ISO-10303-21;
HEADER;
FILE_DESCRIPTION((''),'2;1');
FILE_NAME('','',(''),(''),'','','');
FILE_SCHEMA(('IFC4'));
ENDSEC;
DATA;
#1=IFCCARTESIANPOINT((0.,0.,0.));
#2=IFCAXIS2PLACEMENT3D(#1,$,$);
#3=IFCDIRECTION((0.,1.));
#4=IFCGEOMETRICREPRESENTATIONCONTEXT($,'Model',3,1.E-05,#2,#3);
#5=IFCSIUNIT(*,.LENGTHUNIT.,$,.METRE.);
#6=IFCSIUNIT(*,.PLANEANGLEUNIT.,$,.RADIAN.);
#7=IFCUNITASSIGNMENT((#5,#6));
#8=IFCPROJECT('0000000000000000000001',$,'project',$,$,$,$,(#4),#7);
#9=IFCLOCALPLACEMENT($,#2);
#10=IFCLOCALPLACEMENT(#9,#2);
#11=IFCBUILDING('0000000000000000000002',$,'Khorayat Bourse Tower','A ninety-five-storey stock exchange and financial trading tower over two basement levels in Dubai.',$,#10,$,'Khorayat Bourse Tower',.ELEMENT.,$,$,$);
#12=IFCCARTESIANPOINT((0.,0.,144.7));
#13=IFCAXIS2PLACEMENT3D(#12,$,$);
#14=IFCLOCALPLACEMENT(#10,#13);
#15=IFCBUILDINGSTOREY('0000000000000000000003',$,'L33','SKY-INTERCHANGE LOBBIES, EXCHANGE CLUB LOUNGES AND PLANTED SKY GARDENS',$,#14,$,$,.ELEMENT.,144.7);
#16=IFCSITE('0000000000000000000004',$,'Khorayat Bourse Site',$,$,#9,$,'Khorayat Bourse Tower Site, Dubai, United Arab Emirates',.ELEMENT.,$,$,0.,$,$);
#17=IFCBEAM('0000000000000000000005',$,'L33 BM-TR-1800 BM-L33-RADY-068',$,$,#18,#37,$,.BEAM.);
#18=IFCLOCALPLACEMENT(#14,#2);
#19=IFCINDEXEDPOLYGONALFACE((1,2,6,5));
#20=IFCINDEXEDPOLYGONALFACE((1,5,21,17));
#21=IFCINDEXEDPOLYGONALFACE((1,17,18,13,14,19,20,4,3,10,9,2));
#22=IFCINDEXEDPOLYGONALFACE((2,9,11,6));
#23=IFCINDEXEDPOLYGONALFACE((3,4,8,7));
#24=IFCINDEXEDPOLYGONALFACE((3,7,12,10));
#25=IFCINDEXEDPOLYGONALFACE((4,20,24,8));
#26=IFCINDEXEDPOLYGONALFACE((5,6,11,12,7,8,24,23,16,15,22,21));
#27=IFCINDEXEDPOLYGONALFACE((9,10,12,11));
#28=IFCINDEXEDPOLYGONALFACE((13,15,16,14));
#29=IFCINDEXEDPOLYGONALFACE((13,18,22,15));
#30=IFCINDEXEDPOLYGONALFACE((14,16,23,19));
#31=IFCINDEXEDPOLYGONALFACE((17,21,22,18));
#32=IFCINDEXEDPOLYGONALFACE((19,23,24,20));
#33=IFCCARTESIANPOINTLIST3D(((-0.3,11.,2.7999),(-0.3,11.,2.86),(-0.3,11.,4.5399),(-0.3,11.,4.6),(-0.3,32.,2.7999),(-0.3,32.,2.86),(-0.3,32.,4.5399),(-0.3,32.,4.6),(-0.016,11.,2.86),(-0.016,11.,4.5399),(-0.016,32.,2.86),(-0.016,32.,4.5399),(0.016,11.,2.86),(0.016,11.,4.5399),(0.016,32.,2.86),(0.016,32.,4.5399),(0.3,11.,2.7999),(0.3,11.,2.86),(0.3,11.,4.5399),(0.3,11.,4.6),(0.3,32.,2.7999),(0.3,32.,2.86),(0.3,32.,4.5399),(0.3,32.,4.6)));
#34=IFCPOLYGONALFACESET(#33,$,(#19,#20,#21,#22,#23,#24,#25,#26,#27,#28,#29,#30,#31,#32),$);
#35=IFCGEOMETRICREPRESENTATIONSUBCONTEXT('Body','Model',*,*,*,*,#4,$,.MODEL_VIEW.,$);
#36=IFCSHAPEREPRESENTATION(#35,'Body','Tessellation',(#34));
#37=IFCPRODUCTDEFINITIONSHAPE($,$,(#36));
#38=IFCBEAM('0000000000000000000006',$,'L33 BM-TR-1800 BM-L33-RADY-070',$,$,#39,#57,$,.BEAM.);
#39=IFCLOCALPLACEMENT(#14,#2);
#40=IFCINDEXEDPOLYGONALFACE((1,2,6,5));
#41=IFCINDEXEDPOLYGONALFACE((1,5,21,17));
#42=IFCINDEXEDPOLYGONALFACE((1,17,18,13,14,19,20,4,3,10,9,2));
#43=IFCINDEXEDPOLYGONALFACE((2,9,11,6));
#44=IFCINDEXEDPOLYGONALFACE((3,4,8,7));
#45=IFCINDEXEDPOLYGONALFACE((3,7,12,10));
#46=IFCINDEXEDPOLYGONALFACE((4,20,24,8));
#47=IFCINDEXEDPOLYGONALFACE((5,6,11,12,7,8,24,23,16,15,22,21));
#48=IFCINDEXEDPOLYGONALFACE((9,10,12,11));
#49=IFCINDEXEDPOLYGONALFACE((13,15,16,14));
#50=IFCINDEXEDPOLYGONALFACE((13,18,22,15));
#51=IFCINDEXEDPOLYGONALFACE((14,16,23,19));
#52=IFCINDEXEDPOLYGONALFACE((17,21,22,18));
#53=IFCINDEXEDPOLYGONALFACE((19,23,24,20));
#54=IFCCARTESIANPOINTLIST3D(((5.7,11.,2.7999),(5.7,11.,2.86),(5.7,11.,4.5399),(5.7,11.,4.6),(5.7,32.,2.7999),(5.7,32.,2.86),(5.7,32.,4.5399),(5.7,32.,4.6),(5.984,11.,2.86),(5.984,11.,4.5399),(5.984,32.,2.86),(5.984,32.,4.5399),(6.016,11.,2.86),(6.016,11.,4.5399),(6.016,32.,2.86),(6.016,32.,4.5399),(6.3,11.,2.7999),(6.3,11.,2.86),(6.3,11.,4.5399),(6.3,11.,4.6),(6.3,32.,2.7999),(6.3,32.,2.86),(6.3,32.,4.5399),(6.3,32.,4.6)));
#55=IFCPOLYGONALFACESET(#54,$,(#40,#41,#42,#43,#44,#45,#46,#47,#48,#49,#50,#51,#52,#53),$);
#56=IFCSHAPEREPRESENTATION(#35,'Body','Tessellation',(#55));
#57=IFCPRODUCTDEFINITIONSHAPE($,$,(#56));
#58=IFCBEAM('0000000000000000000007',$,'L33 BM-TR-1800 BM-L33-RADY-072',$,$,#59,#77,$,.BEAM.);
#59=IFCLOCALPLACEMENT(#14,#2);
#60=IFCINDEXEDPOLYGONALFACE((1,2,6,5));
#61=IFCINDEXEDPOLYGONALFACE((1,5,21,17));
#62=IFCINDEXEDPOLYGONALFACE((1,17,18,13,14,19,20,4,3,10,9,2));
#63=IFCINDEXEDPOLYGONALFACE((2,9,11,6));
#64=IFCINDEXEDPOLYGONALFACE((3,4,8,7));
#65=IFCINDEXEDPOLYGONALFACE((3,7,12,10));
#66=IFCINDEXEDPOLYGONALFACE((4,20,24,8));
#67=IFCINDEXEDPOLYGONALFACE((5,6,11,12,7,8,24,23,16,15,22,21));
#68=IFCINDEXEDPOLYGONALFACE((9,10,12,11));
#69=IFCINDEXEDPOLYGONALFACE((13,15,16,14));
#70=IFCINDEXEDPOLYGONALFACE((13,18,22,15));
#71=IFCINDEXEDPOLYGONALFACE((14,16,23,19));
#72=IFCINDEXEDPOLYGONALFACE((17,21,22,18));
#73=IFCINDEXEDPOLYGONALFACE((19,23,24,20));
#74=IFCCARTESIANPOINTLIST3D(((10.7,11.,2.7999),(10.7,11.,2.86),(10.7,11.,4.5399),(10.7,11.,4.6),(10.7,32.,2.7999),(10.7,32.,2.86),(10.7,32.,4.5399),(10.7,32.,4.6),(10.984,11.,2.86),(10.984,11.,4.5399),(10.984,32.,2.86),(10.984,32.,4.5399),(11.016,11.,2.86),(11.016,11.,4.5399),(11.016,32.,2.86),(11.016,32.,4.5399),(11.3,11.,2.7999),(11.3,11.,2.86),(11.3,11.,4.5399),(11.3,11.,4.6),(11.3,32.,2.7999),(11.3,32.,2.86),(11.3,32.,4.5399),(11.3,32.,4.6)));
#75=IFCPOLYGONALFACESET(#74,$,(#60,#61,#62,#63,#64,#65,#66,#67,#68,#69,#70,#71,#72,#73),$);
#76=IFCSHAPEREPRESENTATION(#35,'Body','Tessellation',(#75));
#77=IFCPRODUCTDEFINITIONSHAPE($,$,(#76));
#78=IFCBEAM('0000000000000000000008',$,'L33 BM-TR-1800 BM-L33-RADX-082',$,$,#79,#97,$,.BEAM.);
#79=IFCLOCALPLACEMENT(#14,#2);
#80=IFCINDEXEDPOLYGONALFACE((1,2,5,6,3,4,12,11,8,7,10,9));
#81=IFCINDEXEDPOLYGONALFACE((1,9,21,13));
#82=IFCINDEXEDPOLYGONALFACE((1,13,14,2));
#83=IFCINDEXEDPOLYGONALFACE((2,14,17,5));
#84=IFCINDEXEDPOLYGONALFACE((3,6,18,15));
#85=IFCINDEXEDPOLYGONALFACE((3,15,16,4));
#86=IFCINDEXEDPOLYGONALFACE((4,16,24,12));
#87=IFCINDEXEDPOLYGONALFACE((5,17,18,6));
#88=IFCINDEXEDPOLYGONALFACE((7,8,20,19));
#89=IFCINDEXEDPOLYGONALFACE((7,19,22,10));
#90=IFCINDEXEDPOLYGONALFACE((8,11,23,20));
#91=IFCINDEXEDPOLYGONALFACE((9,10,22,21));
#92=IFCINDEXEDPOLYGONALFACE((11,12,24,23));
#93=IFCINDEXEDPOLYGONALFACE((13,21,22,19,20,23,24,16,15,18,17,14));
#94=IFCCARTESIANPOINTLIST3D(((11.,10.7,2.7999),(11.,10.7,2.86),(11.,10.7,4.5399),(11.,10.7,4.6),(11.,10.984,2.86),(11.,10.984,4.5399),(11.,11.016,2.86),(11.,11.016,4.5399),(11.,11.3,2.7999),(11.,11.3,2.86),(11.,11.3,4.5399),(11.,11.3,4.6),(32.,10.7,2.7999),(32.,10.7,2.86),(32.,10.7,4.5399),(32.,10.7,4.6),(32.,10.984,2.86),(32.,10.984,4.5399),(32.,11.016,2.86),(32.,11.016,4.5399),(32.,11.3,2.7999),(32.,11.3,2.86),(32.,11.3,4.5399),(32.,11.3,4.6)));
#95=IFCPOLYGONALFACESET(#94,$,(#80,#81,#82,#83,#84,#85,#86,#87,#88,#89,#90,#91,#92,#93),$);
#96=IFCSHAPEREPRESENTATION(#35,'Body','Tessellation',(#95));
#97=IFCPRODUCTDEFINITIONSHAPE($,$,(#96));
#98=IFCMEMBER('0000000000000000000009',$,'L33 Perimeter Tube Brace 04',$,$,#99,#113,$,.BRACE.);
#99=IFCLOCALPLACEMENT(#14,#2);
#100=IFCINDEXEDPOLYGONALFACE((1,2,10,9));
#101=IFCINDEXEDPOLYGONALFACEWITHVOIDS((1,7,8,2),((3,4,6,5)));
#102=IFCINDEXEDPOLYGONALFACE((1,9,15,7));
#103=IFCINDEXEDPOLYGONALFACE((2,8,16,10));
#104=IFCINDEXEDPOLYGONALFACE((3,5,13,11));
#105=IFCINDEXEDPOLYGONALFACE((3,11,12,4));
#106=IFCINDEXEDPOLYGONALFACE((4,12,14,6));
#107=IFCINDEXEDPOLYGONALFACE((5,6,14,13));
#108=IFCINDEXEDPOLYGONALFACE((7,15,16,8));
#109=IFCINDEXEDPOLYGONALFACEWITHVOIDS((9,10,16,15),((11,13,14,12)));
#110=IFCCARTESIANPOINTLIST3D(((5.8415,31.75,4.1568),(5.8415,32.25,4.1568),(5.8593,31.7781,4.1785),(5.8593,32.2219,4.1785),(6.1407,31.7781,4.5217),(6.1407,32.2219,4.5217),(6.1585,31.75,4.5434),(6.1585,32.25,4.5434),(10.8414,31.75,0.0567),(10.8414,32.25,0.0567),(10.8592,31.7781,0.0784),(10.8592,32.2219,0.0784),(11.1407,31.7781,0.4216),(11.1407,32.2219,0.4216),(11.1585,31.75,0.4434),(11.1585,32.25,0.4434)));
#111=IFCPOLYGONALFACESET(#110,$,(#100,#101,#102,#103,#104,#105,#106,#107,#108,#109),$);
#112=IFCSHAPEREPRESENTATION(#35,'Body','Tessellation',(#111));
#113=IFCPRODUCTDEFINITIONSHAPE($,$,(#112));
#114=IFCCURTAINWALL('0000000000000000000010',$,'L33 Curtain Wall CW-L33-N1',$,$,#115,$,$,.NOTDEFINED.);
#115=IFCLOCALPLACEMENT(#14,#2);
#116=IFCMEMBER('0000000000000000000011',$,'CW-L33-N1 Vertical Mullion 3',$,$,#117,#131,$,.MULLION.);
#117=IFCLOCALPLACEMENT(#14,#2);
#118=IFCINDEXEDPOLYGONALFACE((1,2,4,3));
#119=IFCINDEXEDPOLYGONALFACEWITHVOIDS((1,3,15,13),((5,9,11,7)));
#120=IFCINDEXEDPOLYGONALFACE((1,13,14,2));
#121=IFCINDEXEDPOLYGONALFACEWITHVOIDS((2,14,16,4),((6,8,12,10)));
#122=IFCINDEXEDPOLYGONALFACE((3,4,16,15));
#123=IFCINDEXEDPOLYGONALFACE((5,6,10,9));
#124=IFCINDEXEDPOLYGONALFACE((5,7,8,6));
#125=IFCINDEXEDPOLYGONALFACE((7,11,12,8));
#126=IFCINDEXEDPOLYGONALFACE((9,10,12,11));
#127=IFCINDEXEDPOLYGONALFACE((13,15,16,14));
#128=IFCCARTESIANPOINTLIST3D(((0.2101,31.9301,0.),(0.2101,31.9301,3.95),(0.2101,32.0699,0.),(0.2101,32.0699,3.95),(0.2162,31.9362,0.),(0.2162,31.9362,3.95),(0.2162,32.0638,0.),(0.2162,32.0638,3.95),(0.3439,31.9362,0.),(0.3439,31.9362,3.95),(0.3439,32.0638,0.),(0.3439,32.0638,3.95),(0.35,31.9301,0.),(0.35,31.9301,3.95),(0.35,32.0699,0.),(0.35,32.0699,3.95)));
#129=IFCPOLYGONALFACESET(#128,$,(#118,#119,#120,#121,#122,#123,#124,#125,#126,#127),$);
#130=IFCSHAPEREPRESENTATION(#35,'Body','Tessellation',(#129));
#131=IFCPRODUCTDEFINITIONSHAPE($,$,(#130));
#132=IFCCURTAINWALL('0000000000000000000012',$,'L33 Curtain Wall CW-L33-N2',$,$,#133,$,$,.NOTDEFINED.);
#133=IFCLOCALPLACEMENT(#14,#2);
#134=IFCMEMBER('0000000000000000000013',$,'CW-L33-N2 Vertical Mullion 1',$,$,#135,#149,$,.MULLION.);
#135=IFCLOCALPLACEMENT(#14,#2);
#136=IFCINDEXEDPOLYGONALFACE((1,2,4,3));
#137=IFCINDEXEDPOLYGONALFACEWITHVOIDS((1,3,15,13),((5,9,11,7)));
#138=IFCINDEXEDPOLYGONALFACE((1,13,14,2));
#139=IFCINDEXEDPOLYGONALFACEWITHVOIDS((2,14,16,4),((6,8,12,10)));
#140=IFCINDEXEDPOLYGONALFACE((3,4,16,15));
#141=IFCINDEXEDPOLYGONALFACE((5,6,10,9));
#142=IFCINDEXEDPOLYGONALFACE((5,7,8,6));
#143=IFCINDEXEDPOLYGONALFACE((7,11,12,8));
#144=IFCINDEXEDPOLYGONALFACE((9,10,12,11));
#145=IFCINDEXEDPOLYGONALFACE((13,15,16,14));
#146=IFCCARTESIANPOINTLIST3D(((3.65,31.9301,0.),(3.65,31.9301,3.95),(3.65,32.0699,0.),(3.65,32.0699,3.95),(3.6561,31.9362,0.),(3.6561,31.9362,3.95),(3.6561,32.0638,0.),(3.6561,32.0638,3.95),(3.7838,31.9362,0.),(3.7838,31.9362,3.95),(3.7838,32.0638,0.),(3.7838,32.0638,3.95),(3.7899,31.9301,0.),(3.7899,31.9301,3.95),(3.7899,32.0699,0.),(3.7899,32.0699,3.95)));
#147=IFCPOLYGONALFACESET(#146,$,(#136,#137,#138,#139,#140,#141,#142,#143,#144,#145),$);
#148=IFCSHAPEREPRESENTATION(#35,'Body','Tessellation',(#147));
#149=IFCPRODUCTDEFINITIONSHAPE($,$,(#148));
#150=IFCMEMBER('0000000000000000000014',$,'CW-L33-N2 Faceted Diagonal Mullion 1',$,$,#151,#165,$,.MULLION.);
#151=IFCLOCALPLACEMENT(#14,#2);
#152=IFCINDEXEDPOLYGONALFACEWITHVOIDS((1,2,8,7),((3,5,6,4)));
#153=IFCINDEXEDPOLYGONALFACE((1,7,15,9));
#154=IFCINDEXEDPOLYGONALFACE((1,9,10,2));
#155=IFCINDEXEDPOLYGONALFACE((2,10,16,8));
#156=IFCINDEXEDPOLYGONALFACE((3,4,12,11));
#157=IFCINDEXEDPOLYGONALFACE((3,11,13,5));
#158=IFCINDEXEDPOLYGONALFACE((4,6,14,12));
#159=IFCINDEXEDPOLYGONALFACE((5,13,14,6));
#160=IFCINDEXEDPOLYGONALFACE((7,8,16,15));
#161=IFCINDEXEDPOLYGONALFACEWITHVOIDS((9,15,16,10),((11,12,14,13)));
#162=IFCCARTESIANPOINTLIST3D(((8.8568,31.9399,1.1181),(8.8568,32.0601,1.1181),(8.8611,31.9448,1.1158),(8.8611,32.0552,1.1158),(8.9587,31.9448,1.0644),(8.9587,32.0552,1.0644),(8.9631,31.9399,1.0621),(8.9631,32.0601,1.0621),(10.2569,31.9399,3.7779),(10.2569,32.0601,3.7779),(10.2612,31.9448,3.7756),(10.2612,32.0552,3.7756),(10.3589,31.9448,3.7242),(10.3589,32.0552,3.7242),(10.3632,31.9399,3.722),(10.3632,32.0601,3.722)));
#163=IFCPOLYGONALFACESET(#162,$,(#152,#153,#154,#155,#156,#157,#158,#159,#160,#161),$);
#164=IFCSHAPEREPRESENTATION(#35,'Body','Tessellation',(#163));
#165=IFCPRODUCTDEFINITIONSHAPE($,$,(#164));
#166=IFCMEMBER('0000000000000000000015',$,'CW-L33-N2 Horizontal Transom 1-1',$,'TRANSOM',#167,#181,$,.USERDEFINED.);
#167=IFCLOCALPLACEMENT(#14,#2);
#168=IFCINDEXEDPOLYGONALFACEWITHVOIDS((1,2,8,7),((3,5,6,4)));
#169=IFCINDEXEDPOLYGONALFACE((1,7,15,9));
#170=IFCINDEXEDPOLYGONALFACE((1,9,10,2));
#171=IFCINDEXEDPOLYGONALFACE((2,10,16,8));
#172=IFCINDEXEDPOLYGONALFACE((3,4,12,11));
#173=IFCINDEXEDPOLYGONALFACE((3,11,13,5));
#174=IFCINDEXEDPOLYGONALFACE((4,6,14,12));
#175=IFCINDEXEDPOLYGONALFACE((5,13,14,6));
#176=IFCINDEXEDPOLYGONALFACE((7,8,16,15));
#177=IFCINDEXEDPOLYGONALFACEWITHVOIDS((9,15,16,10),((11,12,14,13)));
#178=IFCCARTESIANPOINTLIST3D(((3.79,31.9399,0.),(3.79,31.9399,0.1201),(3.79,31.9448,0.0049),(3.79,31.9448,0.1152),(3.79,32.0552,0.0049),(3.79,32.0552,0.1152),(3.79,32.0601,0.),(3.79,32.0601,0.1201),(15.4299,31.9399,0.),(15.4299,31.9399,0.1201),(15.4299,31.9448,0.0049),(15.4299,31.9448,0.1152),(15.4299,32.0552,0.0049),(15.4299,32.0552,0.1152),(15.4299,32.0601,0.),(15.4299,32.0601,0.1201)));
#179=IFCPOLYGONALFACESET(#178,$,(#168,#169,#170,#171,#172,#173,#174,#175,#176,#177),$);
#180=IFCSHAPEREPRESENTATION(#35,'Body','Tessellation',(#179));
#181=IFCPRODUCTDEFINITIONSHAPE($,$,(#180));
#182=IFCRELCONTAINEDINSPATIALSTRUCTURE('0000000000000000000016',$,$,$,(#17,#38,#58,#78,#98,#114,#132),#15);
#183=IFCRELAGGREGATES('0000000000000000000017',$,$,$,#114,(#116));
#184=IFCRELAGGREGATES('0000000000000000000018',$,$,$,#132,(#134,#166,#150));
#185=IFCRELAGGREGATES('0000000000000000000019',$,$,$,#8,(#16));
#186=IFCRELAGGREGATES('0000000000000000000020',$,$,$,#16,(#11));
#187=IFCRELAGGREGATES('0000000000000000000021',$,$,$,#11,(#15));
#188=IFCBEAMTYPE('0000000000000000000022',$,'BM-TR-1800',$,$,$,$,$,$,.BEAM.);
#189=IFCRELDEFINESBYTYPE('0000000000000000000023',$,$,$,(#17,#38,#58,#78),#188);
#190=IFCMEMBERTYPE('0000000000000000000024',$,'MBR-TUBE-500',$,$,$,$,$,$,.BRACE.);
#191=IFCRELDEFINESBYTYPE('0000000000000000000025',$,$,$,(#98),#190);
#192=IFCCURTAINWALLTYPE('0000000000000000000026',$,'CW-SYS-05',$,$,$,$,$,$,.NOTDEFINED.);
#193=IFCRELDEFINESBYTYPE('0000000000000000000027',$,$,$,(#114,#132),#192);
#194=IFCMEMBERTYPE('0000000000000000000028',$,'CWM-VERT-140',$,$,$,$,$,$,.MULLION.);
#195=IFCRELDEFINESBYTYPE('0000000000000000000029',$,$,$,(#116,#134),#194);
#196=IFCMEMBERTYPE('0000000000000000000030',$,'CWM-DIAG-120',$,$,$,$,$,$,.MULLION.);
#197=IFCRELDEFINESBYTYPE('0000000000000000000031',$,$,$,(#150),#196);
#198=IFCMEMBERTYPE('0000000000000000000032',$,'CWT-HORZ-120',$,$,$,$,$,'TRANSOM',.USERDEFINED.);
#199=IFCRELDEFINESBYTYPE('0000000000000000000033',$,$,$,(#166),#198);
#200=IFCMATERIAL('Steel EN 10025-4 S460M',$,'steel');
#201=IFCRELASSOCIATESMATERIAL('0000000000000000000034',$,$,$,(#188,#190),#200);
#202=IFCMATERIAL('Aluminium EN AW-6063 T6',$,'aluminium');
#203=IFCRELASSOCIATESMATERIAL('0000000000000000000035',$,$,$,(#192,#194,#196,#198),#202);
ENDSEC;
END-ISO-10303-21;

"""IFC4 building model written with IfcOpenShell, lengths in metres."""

from ifc_helpers import new_model, si_unit, direction, frame, origin, origin_2d, place, context, subcontext, project, spatial, hollow_rectangle, i_section, extrude, source, transform, mapped, material, material_profile, profile_set, type_object, element, aggregate, save


model = new_model("IFC4")

# Units and contexts
model_context = context("Model", 3, precision=1e-05, world=origin(), true_north=direction((0.0, 1.0)))
body_context = subcontext(model_context, "Body", "Model", "MODEL_VIEW")
ifc_project = project(units=[si_unit("LENGTHUNIT", "METRE"), si_unit("PLANEANGLEUNIT", "RADIAN")], contexts=[model_context])

# Site, building, storey
site_placement = place(None, origin())
site = spatial("IfcSite", under=ifc_project, at=site_placement, Name="Khorayat Bourse Site", LongName="Khorayat Bourse Tower Site, Dubai, United Arab Emirates", CompositionType="ELEMENT", RefElevation=0.0)
building_placement = place(site_placement, origin())
building = spatial("IfcBuilding", under=site, at=building_placement, Name="Khorayat Bourse Tower", Description="A ninety-five-storey stock exchange and financial trading tower over two basement levels in Dubai.", LongName="Khorayat Bourse Tower", CompositionType="ELEMENT")
storey_placement = place(building_placement, frame((0.0, 0.0, 144.7)))
storey = spatial("IfcBuildingStorey", under=building, at=storey_placement, Name="L33", Description="SKY-INTERCHANGE LOBBIES, EXCHANGE CLUB LOUNGES AND PLANTED SKY GARDENS", CompositionType="ELEMENT", Elevation=144.7)

# Shared definitions
ifc_material_1 = material(Name="Steel EN 10025-4 S460M", Category="steel")

# Beams
ifc_material_profile_1 = material_profile(ifc_material_1, i_section(OverallWidth=0.6001, OverallDepth=1.8, WebThickness=0.032, FlangeThickness=0.0601, at=origin_2d()), Name="PG 1800x600x32x60")
ifc_profile_set_1 = profile_set([ifc_material_profile_1], Name="Steel EN 10025-4 S460M")
beam_type_1 = type_object("IfcBeamType", Name="BM-TR-1800", PredefinedType="BEAM", material=ifc_profile_set_1)
shared_shape_1 = source(origin(), body_context, "Body", "SweptSolid", [
    extrude(i_section(OverallWidth=0.6001, OverallDepth=1.8, WebThickness=0.032, FlangeThickness=0.0601, at=origin_2d()), origin(), (0.0, 0.0, 1.0), 21.0),
])
for number, where, z_axis, x_axis, name in (
    (1, (0.0, 11.0, 3.7), (0.0, 1.0, 0.0), (-1.0, 0.0, 0.0), "L33 BM-TR-1800 BM-L33-RADY-068"),
    (2, (6.0, 11.0, 3.7), (0.0, 1.0, 0.0), (-1.0, 0.0, 0.0), "L33 BM-TR-1800 BM-L33-RADY-070"),
    (3, (11.0, 11.0, 3.7), (0.0, 1.0, 0.0), (-1.0, 0.0, 0.0), "L33 BM-TR-1800 BM-L33-RADY-072"),
    (4, (11.0, 11.0, 3.7), (1.0, 0.0, 0.0), (0.0, 1.0, 0.0), "L33 BM-TR-1800 BM-L33-RADX-082"),
):
    element("IfcBeam", number, at=place(storey_placement, frame(where, z_axis=z_axis, x_axis=x_axis)), inside=storey, type_object=beam_type_1, Name=name, PredefinedType="BEAM", context=body_context, shape_type="MappedRepresentation", body=[
        mapped(shared_shape_1, transform((0.0, 0.0, 0.0), scale=1.0)),
    ])

# Member
ifc_material_profile_2 = material_profile(ifc_material_1, hollow_rectangle(XDim=0.5, YDim=0.5, WallThickness=0.0281, at=origin_2d()), Name="HSS 500x500x28")
ifc_profile_set_2 = profile_set([ifc_material_profile_2], Name="Steel EN 10025-4 S460M")
member_type_1 = type_object("IfcMemberType", Name="MBR-TUBE-500", PredefinedType="BRACE", material=ifc_profile_set_2)
shared_shape_2 = source(origin(), body_context, "Body", "SweptSolid", [
    extrude(hollow_rectangle(XDim=0.5, YDim=0.5, WallThickness=0.0281, at=origin_2d()), origin(), (0.0, 0.0, 1.0), 6.4661),
])
member_1_placement = place(storey_placement, frame((6.0, 32.0, 4.3501), z_axis=(0.77326, 0.0, -0.634089), x_axis=(0.0, 1.0, 0.0)))
element("IfcMember", 5, at=member_1_placement, inside=storey, type_object=member_type_1, Name="L33 Perimeter Tube Brace 04", PredefinedType="BRACE", context=body_context, shape_type="MappedRepresentation", body=[
    mapped(shared_shape_2, transform((0.0, 0.0, 0.0), scale=1.0)),
])

# Curtain wall, member
ifc_material_2 = material(Name="Aluminium EN AW-6063 T6", Category="aluminium")
curtain_wall_type = type_object("IfcCurtainWallType", Name="CW-SYS-05", PredefinedType="NOTDEFINED", material=ifc_material_2)
curtain_wall_1_placement = place(storey_placement, origin())
curtain_wall_1 = element("IfcCurtainWall", 6, at=curtain_wall_1_placement, inside=storey, type_object=curtain_wall_type, Name="L33 Curtain Wall CW-L33-N1", PredefinedType="NOTDEFINED")
ifc_material_profile_3 = material_profile(ifc_material_2, hollow_rectangle(XDim=0.1399, YDim=0.1399, WallThickness=0.0061, at=origin_2d()), Name="ALU 140x140x6")
ifc_profile_set_3 = profile_set([ifc_material_profile_3], Name="Aluminium EN AW-6063 T6")
member_type_2 = type_object("IfcMemberType", Name="CWM-VERT-140", PredefinedType="MULLION", material=ifc_profile_set_3)
shared_shape_3 = source(origin(), body_context, "Body", "SweptSolid", [
    extrude(hollow_rectangle(XDim=0.1399, YDim=0.1399, WallThickness=0.0061, at=origin_2d()), origin(), (0.0, 0.0, 1.0), 3.95),
])
member_2_placement = place(storey_placement, frame((0.28, 32.0, 0.0), z_axis=(0.0, 0.0, 1.0), x_axis=(0.0, 1.0, 0.0)))
member_2 = element("IfcMember", 7, at=member_2_placement, type_object=member_type_2, Name="CW-L33-N1 Vertical Mullion 3", PredefinedType="MULLION", context=body_context, shape_type="MappedRepresentation", body=[
    mapped(shared_shape_3, transform((0.0, 0.0, 0.0), scale=1.0)),
])
aggregate(curtain_wall_1, [member_2])

# Curtain wall, members
curtain_wall_2_placement = place(storey_placement, origin())
curtain_wall_2 = element("IfcCurtainWall", 8, at=curtain_wall_2_placement, inside=storey, type_object=curtain_wall_type, Name="L33 Curtain Wall CW-L33-N2", PredefinedType="NOTDEFINED")
member_3_placement = place(storey_placement, frame((3.72, 32.0, 0.0), z_axis=(0.0, 0.0, 1.0), x_axis=(0.0, 1.0, 0.0)))
member_3 = element("IfcMember", 9, at=member_3_placement, type_object=member_type_2, Name="CW-L33-N2 Vertical Mullion 1", PredefinedType="MULLION", context=body_context, shape_type="MappedRepresentation", body=[
    mapped(shared_shape_3, transform((0.0, 0.0, 0.0), scale=1.0)),
])
ifc_material_profile_4 = material_profile(ifc_material_2, hollow_rectangle(XDim=0.1201, YDim=0.1201, WallThickness=0.0049, at=origin_2d()), Name="ALU 120x120x5")
ifc_profile_set_4 = profile_set([ifc_material_profile_4], Name="Aluminium EN AW-6063 T6")
member_type_3 = type_object("IfcMemberType", Name="CWM-DIAG-120", PredefinedType="MULLION", material=ifc_profile_set_4)
shared_shape_4 = source(origin(), body_context, "Body", "SweptSolid", [
    extrude(hollow_rectangle(XDim=0.1201, YDim=0.1201, WallThickness=0.0049, at=origin_2d()), origin(), (0.0, 0.0, 1.0), 3.0059),
])
member_4_placement = place(storey_placement, frame((8.9099, 32.0, 1.0901), z_axis=(0.465797, 0.0, 0.884892), x_axis=(0.0, 1.0, 0.0)))
member_4 = element("IfcMember", 10, at=member_4_placement, type_object=member_type_3, Name="CW-L33-N2 Faceted Diagonal Mullion 1", PredefinedType="MULLION", context=body_context, shape_type="MappedRepresentation", body=[
    mapped(shared_shape_4, transform((0.0, 0.0, 0.0), scale=1.0)),
])
ifc_material_profile_5 = material_profile(ifc_material_2, hollow_rectangle(XDim=0.1201, YDim=0.1201, WallThickness=0.0049, at=origin_2d()), Name="ALU 120x120x5")
ifc_profile_set_5 = profile_set([ifc_material_profile_5], Name="Aluminium EN AW-6063 T6")
member_type_4 = type_object("IfcMemberType", Name="CWT-HORZ-120", ElementType="TRANSOM", PredefinedType="USERDEFINED", material=ifc_profile_set_5)
shared_shape_5 = source(origin(), body_context, "Body", "SweptSolid", [
    extrude(hollow_rectangle(XDim=0.1201, YDim=0.1201, WallThickness=0.0049, at=origin_2d()), origin(), (0.0, 0.0, 1.0), 11.6399),
])
member_5_placement = place(storey_placement, frame((3.79, 32.0, 0.0601), z_axis=(1.0, 0.0, 0.0), x_axis=(0.0, 1.0, 0.0)))
member_5 = element("IfcMember", 11, at=member_5_placement, type_object=member_type_4, Name="CW-L33-N2 Horizontal Transom 1-1", ObjectType="TRANSOM", PredefinedType="USERDEFINED", context=body_context, shape_type="MappedRepresentation", body=[
    mapped(shared_shape_5, transform((0.0, 0.0, 0.0), scale=1.0)),
])

aggregate(curtain_wall_2, [member_3, member_5, member_4])

save(model, "model.ifc")
